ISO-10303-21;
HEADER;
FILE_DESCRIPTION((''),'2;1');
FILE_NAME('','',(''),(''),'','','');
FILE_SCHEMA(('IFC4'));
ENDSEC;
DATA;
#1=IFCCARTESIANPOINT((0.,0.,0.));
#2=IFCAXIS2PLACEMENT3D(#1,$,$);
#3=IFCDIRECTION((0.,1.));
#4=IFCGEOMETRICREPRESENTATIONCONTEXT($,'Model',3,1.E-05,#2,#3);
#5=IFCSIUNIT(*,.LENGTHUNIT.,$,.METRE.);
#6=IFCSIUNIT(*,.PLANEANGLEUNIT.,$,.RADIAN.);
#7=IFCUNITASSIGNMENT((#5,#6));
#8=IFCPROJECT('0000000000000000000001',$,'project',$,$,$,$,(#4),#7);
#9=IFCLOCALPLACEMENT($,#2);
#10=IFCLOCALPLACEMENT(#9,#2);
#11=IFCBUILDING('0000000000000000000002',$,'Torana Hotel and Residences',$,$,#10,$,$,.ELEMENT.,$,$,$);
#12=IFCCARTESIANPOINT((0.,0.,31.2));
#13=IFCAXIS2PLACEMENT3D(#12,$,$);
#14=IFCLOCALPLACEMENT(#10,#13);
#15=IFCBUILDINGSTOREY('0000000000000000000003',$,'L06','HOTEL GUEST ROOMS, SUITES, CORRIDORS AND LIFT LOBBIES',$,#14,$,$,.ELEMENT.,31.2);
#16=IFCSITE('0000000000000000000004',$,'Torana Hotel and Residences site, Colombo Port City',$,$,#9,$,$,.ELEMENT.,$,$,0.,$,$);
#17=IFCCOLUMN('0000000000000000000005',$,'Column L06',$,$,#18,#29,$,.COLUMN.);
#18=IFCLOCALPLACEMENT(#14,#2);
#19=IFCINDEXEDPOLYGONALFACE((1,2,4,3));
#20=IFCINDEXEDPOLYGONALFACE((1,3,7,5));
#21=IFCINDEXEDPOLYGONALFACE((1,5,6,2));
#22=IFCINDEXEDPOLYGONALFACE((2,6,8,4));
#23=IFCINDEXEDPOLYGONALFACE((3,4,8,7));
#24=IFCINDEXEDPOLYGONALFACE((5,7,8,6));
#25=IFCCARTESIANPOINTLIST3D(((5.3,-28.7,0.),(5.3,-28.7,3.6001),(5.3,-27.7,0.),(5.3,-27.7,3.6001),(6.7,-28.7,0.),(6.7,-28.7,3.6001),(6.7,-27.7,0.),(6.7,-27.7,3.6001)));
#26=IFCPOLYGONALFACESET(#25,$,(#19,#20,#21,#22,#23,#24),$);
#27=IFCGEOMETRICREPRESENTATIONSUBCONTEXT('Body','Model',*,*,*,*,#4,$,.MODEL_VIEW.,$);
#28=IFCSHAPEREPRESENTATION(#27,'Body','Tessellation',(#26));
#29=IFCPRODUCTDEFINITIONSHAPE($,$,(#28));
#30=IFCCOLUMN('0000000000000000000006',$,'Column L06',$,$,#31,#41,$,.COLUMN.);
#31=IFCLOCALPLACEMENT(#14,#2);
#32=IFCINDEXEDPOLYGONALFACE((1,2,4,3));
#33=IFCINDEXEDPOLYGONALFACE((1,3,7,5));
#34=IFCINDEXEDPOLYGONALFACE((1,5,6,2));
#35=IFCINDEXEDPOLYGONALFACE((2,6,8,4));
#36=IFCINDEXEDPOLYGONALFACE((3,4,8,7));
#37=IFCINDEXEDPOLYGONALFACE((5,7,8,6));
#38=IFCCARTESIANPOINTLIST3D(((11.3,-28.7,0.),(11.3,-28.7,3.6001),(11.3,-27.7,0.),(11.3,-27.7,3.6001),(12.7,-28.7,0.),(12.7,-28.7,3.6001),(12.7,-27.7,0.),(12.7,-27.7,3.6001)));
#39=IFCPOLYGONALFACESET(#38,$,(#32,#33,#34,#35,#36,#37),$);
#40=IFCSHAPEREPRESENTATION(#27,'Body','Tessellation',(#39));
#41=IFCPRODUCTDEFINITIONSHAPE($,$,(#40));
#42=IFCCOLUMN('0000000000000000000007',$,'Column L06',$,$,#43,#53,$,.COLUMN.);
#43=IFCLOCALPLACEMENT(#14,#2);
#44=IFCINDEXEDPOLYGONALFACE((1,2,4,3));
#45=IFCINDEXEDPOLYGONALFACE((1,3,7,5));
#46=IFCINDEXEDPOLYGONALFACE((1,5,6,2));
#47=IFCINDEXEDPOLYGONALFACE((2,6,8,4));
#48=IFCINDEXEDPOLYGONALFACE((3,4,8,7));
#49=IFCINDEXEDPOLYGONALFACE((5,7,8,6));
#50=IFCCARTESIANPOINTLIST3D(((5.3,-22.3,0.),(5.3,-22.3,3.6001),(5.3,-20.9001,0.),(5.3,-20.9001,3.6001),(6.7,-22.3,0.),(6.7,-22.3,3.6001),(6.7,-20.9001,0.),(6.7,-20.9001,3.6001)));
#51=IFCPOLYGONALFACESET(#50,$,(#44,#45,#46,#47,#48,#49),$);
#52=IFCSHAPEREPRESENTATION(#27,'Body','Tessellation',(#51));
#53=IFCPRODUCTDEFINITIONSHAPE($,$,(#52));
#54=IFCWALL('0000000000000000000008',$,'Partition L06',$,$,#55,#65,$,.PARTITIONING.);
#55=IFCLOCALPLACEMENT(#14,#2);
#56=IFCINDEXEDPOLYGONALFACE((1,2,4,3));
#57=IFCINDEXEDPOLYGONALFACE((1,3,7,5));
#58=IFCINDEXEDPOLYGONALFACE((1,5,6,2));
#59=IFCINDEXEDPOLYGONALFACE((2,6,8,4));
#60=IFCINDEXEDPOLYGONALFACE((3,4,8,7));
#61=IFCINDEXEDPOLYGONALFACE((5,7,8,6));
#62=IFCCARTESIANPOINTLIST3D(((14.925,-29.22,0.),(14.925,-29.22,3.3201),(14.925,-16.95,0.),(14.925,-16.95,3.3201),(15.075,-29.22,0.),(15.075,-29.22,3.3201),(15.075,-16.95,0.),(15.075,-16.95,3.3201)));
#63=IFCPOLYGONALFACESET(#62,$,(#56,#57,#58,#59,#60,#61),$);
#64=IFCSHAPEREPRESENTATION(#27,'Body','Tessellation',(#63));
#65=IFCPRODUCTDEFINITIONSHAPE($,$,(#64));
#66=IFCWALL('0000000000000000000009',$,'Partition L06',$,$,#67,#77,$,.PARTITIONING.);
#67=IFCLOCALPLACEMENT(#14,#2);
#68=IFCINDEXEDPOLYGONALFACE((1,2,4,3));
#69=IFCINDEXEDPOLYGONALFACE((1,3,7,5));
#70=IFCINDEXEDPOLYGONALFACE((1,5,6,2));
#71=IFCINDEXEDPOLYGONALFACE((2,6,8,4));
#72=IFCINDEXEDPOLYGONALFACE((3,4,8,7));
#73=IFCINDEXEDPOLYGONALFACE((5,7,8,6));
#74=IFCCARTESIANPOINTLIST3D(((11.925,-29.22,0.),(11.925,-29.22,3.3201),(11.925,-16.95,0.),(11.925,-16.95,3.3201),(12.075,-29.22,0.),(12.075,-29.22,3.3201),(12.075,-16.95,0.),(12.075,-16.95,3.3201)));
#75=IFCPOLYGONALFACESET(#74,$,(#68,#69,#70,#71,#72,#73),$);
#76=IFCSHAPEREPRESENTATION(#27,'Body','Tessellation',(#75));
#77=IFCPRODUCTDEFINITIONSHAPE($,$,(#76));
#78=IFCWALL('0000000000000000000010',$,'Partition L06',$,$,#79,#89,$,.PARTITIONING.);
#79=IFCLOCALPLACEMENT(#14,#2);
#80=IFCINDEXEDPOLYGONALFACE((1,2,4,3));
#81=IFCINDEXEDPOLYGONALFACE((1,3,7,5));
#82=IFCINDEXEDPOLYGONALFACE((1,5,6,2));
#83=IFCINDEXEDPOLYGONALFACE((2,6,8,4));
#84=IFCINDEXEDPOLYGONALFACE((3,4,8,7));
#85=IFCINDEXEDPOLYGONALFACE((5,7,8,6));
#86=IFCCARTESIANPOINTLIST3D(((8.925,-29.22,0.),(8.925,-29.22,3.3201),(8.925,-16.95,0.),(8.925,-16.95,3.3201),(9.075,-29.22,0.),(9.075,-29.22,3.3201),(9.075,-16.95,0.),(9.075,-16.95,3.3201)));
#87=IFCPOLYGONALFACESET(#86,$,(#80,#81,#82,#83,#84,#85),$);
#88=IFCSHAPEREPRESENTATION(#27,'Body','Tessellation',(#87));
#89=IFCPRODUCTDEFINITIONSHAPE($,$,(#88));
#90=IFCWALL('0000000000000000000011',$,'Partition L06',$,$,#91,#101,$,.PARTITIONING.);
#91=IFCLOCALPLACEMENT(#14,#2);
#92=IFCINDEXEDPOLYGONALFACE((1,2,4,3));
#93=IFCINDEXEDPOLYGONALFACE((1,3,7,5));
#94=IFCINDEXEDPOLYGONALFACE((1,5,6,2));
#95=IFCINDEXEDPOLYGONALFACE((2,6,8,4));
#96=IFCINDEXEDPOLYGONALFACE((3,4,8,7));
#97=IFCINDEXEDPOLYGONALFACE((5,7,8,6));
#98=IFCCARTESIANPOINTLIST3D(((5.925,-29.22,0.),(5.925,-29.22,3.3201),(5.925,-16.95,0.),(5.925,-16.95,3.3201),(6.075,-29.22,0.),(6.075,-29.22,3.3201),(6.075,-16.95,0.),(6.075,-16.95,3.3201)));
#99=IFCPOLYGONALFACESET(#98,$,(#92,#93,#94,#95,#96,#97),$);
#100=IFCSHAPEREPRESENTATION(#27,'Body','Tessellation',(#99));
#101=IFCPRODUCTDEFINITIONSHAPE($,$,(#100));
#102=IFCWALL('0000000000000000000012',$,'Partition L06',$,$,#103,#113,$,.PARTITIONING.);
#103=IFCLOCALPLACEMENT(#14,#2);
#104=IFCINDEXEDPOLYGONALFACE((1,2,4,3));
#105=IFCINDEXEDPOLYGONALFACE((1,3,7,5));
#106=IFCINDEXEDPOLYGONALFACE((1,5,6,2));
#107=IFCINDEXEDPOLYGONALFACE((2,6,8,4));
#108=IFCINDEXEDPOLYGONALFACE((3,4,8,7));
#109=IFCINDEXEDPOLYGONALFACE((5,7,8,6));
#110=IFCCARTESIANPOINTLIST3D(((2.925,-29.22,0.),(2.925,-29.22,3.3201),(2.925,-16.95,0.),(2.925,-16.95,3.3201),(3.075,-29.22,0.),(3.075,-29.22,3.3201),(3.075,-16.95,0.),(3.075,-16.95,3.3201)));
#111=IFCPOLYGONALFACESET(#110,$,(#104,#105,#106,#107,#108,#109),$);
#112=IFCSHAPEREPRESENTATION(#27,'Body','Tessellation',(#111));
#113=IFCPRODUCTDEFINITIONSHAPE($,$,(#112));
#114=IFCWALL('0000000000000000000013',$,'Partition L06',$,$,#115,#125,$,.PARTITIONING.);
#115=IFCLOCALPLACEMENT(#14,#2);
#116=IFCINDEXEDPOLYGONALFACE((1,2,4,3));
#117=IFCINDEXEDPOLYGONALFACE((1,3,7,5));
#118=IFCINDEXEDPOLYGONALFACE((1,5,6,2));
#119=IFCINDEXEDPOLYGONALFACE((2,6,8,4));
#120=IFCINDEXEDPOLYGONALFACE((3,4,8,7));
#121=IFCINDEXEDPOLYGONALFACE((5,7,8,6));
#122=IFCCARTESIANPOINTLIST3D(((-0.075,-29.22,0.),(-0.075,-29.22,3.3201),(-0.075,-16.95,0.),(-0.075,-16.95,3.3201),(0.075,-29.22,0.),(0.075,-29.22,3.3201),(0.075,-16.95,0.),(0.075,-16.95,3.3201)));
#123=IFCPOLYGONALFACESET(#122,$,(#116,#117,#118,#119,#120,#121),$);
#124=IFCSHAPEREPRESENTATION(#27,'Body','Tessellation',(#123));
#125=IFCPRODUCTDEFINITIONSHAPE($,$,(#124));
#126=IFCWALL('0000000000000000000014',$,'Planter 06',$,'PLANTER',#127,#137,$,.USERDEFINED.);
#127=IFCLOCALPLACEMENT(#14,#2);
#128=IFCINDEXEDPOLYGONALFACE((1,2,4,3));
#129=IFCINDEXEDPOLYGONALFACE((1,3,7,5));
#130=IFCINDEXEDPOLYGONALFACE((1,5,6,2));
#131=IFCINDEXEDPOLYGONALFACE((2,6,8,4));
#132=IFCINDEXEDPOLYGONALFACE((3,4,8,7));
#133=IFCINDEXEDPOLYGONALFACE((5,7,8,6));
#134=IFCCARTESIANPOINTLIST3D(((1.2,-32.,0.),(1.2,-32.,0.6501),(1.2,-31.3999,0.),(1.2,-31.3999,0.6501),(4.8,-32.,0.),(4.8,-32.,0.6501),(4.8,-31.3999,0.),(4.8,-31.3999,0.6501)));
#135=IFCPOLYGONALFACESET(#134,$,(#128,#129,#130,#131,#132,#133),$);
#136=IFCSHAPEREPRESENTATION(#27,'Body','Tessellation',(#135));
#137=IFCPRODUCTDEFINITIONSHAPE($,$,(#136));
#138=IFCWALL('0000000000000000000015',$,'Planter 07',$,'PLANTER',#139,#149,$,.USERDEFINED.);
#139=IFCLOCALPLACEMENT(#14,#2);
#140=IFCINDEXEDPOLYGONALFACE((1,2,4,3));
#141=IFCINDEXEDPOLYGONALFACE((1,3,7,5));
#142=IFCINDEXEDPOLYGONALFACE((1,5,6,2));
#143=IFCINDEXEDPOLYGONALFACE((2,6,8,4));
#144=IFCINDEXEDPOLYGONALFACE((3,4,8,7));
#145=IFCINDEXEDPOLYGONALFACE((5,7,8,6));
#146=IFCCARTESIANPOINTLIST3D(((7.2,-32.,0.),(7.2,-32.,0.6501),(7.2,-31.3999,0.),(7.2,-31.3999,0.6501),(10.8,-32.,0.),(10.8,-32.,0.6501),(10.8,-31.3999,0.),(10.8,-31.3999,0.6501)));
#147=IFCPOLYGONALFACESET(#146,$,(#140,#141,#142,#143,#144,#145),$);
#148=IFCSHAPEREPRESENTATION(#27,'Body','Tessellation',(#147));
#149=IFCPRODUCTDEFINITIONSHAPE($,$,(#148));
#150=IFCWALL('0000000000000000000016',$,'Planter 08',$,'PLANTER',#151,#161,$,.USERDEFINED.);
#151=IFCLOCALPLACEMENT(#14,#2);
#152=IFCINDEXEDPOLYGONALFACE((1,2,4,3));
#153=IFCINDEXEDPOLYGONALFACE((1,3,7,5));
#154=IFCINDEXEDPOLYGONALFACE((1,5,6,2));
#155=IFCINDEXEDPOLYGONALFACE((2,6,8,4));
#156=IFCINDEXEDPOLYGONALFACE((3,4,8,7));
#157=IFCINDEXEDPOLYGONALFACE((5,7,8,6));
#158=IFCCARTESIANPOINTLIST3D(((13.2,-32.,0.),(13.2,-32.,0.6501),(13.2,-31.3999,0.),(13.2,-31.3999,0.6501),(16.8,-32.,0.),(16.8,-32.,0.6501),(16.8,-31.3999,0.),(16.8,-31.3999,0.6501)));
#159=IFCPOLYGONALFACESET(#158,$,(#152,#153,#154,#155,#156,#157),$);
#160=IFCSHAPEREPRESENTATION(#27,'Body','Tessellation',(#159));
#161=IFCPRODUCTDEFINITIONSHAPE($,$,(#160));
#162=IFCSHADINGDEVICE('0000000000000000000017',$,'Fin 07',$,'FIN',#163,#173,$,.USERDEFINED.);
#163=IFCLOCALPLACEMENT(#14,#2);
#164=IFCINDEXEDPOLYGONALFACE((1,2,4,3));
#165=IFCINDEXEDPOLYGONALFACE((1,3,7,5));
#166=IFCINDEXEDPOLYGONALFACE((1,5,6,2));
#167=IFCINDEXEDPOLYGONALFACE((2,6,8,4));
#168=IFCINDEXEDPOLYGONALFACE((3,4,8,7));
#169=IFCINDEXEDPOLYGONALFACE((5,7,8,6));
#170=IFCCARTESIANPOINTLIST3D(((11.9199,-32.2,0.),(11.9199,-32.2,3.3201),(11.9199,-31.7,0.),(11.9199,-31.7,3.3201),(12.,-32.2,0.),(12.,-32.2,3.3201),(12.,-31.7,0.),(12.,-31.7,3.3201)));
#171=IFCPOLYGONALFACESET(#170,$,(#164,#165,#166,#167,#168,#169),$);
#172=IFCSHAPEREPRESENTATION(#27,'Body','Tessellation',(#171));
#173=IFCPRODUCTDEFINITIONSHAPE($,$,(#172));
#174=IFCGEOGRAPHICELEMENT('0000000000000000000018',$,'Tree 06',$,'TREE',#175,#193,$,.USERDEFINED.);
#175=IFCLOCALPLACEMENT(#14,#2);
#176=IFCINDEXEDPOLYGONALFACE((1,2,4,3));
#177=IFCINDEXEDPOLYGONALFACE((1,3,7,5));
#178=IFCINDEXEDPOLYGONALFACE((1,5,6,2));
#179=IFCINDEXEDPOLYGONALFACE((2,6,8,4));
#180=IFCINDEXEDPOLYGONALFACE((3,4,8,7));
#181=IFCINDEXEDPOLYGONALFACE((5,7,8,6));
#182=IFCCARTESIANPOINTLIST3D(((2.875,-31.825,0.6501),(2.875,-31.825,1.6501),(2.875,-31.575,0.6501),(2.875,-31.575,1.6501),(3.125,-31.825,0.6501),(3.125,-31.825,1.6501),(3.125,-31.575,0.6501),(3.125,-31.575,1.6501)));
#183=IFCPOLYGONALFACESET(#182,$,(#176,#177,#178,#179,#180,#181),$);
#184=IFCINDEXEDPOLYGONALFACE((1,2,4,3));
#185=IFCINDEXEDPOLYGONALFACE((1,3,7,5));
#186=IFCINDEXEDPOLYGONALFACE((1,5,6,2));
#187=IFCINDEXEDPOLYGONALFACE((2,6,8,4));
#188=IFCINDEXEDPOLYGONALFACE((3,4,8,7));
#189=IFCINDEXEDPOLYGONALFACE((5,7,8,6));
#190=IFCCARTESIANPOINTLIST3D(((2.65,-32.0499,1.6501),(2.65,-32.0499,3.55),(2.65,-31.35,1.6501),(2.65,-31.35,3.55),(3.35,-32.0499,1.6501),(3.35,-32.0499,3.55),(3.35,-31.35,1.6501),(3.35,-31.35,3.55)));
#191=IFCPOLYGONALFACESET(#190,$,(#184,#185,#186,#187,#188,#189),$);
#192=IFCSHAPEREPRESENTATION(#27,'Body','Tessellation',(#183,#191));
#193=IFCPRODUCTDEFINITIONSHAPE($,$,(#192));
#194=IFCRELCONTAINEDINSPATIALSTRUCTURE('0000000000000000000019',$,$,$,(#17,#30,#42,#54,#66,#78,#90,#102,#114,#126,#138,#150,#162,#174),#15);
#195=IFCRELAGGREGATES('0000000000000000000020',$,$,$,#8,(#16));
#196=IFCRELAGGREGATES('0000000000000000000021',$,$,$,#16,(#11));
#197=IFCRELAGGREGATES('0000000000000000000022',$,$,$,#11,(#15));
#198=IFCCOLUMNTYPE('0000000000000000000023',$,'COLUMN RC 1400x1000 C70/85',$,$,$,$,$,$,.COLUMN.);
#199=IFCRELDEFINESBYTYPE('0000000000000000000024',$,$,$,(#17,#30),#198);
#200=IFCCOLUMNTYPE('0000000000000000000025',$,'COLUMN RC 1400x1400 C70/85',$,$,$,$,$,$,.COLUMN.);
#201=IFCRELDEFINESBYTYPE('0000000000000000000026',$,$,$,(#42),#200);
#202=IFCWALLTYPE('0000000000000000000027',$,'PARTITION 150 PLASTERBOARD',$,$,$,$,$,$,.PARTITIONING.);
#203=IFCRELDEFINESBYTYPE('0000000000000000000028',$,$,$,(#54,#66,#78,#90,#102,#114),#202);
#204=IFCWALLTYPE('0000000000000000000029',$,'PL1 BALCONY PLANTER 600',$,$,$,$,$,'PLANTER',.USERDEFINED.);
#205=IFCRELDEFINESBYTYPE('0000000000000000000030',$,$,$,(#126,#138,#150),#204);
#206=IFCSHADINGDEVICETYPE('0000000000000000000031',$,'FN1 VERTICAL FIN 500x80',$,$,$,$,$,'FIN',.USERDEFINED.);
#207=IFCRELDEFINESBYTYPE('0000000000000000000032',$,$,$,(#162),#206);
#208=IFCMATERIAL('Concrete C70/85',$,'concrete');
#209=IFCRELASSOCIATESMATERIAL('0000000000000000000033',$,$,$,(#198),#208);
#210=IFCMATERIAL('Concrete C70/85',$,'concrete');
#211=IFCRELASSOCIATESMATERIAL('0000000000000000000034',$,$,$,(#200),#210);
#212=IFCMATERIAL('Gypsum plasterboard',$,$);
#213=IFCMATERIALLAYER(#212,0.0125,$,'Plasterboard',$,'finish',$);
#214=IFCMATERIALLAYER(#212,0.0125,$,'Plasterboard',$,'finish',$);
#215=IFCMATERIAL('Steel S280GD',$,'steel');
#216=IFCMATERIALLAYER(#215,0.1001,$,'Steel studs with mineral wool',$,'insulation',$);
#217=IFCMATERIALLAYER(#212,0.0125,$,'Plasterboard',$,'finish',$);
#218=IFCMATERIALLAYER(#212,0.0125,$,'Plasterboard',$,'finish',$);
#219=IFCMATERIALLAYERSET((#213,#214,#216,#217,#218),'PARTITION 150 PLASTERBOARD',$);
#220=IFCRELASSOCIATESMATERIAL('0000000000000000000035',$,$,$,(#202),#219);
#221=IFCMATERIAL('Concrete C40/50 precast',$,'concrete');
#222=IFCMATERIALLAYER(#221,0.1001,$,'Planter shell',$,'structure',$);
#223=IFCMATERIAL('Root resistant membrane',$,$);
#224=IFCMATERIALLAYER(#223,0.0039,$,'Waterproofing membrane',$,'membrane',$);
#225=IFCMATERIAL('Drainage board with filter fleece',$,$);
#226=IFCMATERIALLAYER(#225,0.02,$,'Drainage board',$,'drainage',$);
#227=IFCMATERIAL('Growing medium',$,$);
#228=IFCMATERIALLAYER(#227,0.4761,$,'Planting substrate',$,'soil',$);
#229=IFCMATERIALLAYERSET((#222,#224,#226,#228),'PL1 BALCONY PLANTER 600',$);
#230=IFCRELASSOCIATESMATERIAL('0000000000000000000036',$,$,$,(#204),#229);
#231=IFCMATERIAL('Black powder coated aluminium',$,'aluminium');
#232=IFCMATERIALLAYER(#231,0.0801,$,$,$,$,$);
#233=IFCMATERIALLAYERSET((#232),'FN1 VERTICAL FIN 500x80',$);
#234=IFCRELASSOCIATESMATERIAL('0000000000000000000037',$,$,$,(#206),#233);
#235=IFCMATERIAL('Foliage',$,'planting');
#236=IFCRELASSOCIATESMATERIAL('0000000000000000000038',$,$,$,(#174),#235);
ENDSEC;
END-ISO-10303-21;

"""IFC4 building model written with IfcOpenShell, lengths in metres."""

from ifc_helpers import new_model, si_unit, direction, frame, frame_2d, origin, origin_2d, place, context, subcontext, project, spatial, rectangle, extrude, material, layer, layer_set, material_profile, profile_set, type_object, element, save


model = new_model("IFC4")

# Units and contexts
model_context = context("Model", 3, precision=1e-05, world=origin(), true_north=direction((0.0, 1.0)))
body_context = subcontext(model_context, "Body", "Model", "MODEL_VIEW")
ifc_project = project(units=[si_unit("LENGTHUNIT", "METRE"), si_unit("PLANEANGLEUNIT", "RADIAN")], contexts=[model_context])

# Site, building, storey
site_placement = place(None, origin())
site = spatial("IfcSite", under=ifc_project, at=site_placement, Name="Torana Hotel and Residences site, Colombo Port City", CompositionType="ELEMENT", RefElevation=0.0)
building_placement = place(site_placement, origin())
building = spatial("IfcBuilding", under=site, at=building_placement, Name="Torana Hotel and Residences", CompositionType="ELEMENT")
storey_placement = place(building_placement, frame((0.0, 0.0, 31.2)))
storey = spatial("IfcBuildingStorey", under=building, at=storey_placement, Name="L06", Description="HOTEL GUEST ROOMS, SUITES, CORRIDORS AND LIFT LOBBIES", CompositionType="ELEMENT", Elevation=31.2)

# Columns
ifc_material_1 = material(Name="Concrete C70/85", Category="concrete")
ifc_material_profile_1 = material_profile(ifc_material_1, rectangle(XDim=1.3999, YDim=1.0, at=origin_2d()), Name="RC 1400x1000")
ifc_profile_set_1 = profile_set([ifc_material_profile_1], Name="Concrete C70/85")
column_type_1 = type_object("IfcColumnType", Name="COLUMN RC 1400x1000 C70/85", PredefinedType="COLUMN", material=ifc_profile_set_1)
for number, where, z_axis, x_axis, name in (
    (1, (6.0, -28.2, 0.0), (0.0, 0.0, 1.0), (1.0, 0.0, 0.0), "Column L06"),
    (2, (12.0, -28.2, 0.0), (0.0, 0.0, 1.0), (1.0, 0.0, 0.0), "Column L06"),
):
    element("IfcColumn", number, at=place(storey_placement, frame(where, z_axis=z_axis, x_axis=x_axis)), inside=storey, type_object=column_type_1, Name=name, PredefinedType="COLUMN", context=body_context, shape_type="SweptSolid", body=[
        extrude(rectangle(XDim=1.3999, YDim=1.0, at=origin_2d()), origin(), (0.0, 0.0, 1.0), 3.6001),
    ])
ifc_material_2 = material(Name="Concrete C70/85", Category="concrete")
ifc_material_profile_2 = material_profile(ifc_material_2, rectangle(XDim=1.3999, YDim=1.3999, at=origin_2d()), Name="RC 1400x1400")
ifc_profile_set_2 = profile_set([ifc_material_profile_2], Name="Concrete C70/85")
column_type_2 = type_object("IfcColumnType", Name="COLUMN RC 1400x1400 C70/85", PredefinedType="COLUMN", material=ifc_profile_set_2)
column_placement = place(storey_placement, frame((6.0, -21.6001, 0.0), z_axis=(0.0, 0.0, 1.0), x_axis=(1.0, 0.0, 0.0)))
element("IfcColumn", 3, at=column_placement, inside=storey, type_object=column_type_2, Name="Column L06", PredefinedType="COLUMN", context=body_context, shape_type="SweptSolid", body=[
    extrude(rectangle(XDim=1.3999, YDim=1.3999, at=origin_2d()), origin(), (0.0, 0.0, 1.0), 3.6001),
])

# Walls
ifc_material_3 = material(Name="Gypsum plasterboard")
ifc_layer_1 = layer(ifc_material_3, 0.0125, Name="Plasterboard", Category="finish")
ifc_layer_2 = layer(ifc_material_3, 0.0125, Name="Plasterboard", Category="finish")
ifc_material_4 = material(Name="Steel S280GD", Category="steel")
ifc_layer_3 = layer(ifc_material_4, 0.1001, Name="Steel studs with mineral wool", Category="insulation")
ifc_layer_4 = layer(ifc_material_3, 0.0125, Name="Plasterboard", Category="finish")
ifc_layer_5 = layer(ifc_material_3, 0.0125, Name="Plasterboard", Category="finish")
ifc_layer_set_1 = layer_set([ifc_layer_1, ifc_layer_2, ifc_layer_3, ifc_layer_4, ifc_layer_5], Name="PARTITION 150 PLASTERBOARD")
wall_type_1 = type_object("IfcWallType", Name="PARTITION 150 PLASTERBOARD", PredefinedType="PARTITIONING", material=ifc_layer_set_1)
for number, where, z_axis, x_axis, name in (
    (4, (15.0, -29.22, 0.0), (0.0, 0.0, 1.0), (0.0, 1.0, 0.0), "Partition L06"),
    (5, (12.0, -29.22, 0.0), (0.0, 0.0, 1.0), (0.0, 1.0, 0.0), "Partition L06"),
    (6, (9.0, -29.22, 0.0), (0.0, 0.0, 1.0), (0.0, 1.0, 0.0), "Partition L06"),
    (7, (6.0, -29.22, 0.0), (0.0, 0.0, 1.0), (0.0, 1.0, 0.0), "Partition L06"),
    (8, (3.0, -29.22, 0.0), (0.0, 0.0, 1.0), (0.0, 1.0, 0.0), "Partition L06"),
    (9, (0.0, -29.22, 0.0), (0.0, 0.0, 1.0), (0.0, 1.0, 0.0), "Partition L06"),
):
    element("IfcWall", number, at=place(storey_placement, frame(where, z_axis=z_axis, x_axis=x_axis)), inside=storey, type_object=wall_type_1, Name=name, PredefinedType="PARTITIONING", context=body_context, shape_type="SweptSolid", body=[
        extrude(rectangle(XDim=12.27, YDim=0.1499, at=frame_2d((6.135, 0.0))), origin(), (0.0, 0.0, 1.0), 3.3201),
    ])
ifc_material_5 = material(Name="Concrete C40/50 precast", Category="concrete")
ifc_layer_6 = layer(ifc_material_5, 0.1001, Name="Planter shell", Category="structure")
ifc_material_6 = material(Name="Root resistant membrane")
ifc_layer_7 = layer(ifc_material_6, 0.0039, Name="Waterproofing membrane", Category="membrane")
ifc_material_7 = material(Name="Drainage board with filter fleece")
ifc_layer_8 = layer(ifc_material_7, 0.02, Name="Drainage board", Category="drainage")
ifc_material_8 = material(Name="Growing medium")
ifc_layer_9 = layer(ifc_material_8, 0.4761, Name="Planting substrate", Category="soil")
ifc_layer_set_2 = layer_set([ifc_layer_6, ifc_layer_7, ifc_layer_8, ifc_layer_9], Name="PL1 BALCONY PLANTER 600")
wall_type_2 = type_object("IfcWallType", Name="PL1 BALCONY PLANTER 600", ElementType="PLANTER", PredefinedType="USERDEFINED", material=ifc_layer_set_2)
for number, where, z_axis, x_axis, name in (
    (10, (4.8, -31.7, 0.0), (0.0, 0.0, 1.0), (-1.0, 0.0, 0.0), "Planter 06"),
    (11, (10.8, -31.7, 0.0), (0.0, 0.0, 1.0), (-1.0, 0.0, 0.0), "Planter 07"),
    (12, (16.8, -31.7, 0.0), (0.0, 0.0, 1.0), (-1.0, 0.0, 0.0), "Planter 08"),
):
    element("IfcWall", number, at=place(storey_placement, frame(where, z_axis=z_axis, x_axis=x_axis)), inside=storey, type_object=wall_type_2, Name=name, ObjectType="PLANTER", PredefinedType="USERDEFINED", context=body_context, shape_type="SweptSolid", body=[
        extrude(rectangle(XDim=3.6001, YDim=0.6001, at=frame_2d((1.8, 0.0))), origin(), (0.0, 0.0, 1.0), 0.6501),
    ])

# Shading device
ifc_material_9 = material(Name="Black powder coated aluminium", Category="aluminium")
ifc_layer_10 = layer(ifc_material_9, 0.0801)
ifc_layer_set_3 = layer_set([ifc_layer_10], Name="FN1 VERTICAL FIN 500x80")
shading_device_type = type_object("IfcShadingDeviceType", Name="FN1 VERTICAL FIN 500x80", ElementType="FIN", PredefinedType="USERDEFINED", material=ifc_layer_set_3)
shading_device_placement = place(storey_placement, frame((11.96, -31.95, 0.0), z_axis=(0.0, 0.0, 1.0), x_axis=(-1.0, 0.0, 0.0)))
element("IfcShadingDevice", 13, at=shading_device_placement, inside=storey, type_object=shading_device_type, Name="Fin 07", ObjectType="FIN", PredefinedType="USERDEFINED", context=body_context, shape_type="SweptSolid", body=[
    extrude(rectangle(XDim=0.0801, YDim=0.5, at=origin_2d()), origin(), (0.0, 0.0, 1.0), 3.3201),
])

# Geographic element
ifc_material_10 = material(Name="Foliage", Category="planting")
for number, where, z_axis, x_axis, name in (
    (14, (3.0, -31.7, 0.6501), (0.0, 0.0, 1.0), (1.0, 0.0, 0.0), "Tree 06"),
):
    element("IfcGeographicElement", number, at=place(storey_placement, frame(where, z_axis=z_axis, x_axis=x_axis)), inside=storey, material=ifc_material_10, Name=name, ObjectType="TREE", PredefinedType="USERDEFINED", context=body_context, shape_type="SweptSolid", body=[
        extrude(rectangle(XDim=0.25, YDim=0.25, at=origin_2d()), origin(), (0.0, 0.0, 1.0), 1.0),
        extrude(rectangle(XDim=0.7, YDim=0.7, at=origin_2d()), frame((0.0, 0.0, 1.0)), (0.0, 0.0, 1.0), 1.8999),
    ])

save(model, "model.ifc")
